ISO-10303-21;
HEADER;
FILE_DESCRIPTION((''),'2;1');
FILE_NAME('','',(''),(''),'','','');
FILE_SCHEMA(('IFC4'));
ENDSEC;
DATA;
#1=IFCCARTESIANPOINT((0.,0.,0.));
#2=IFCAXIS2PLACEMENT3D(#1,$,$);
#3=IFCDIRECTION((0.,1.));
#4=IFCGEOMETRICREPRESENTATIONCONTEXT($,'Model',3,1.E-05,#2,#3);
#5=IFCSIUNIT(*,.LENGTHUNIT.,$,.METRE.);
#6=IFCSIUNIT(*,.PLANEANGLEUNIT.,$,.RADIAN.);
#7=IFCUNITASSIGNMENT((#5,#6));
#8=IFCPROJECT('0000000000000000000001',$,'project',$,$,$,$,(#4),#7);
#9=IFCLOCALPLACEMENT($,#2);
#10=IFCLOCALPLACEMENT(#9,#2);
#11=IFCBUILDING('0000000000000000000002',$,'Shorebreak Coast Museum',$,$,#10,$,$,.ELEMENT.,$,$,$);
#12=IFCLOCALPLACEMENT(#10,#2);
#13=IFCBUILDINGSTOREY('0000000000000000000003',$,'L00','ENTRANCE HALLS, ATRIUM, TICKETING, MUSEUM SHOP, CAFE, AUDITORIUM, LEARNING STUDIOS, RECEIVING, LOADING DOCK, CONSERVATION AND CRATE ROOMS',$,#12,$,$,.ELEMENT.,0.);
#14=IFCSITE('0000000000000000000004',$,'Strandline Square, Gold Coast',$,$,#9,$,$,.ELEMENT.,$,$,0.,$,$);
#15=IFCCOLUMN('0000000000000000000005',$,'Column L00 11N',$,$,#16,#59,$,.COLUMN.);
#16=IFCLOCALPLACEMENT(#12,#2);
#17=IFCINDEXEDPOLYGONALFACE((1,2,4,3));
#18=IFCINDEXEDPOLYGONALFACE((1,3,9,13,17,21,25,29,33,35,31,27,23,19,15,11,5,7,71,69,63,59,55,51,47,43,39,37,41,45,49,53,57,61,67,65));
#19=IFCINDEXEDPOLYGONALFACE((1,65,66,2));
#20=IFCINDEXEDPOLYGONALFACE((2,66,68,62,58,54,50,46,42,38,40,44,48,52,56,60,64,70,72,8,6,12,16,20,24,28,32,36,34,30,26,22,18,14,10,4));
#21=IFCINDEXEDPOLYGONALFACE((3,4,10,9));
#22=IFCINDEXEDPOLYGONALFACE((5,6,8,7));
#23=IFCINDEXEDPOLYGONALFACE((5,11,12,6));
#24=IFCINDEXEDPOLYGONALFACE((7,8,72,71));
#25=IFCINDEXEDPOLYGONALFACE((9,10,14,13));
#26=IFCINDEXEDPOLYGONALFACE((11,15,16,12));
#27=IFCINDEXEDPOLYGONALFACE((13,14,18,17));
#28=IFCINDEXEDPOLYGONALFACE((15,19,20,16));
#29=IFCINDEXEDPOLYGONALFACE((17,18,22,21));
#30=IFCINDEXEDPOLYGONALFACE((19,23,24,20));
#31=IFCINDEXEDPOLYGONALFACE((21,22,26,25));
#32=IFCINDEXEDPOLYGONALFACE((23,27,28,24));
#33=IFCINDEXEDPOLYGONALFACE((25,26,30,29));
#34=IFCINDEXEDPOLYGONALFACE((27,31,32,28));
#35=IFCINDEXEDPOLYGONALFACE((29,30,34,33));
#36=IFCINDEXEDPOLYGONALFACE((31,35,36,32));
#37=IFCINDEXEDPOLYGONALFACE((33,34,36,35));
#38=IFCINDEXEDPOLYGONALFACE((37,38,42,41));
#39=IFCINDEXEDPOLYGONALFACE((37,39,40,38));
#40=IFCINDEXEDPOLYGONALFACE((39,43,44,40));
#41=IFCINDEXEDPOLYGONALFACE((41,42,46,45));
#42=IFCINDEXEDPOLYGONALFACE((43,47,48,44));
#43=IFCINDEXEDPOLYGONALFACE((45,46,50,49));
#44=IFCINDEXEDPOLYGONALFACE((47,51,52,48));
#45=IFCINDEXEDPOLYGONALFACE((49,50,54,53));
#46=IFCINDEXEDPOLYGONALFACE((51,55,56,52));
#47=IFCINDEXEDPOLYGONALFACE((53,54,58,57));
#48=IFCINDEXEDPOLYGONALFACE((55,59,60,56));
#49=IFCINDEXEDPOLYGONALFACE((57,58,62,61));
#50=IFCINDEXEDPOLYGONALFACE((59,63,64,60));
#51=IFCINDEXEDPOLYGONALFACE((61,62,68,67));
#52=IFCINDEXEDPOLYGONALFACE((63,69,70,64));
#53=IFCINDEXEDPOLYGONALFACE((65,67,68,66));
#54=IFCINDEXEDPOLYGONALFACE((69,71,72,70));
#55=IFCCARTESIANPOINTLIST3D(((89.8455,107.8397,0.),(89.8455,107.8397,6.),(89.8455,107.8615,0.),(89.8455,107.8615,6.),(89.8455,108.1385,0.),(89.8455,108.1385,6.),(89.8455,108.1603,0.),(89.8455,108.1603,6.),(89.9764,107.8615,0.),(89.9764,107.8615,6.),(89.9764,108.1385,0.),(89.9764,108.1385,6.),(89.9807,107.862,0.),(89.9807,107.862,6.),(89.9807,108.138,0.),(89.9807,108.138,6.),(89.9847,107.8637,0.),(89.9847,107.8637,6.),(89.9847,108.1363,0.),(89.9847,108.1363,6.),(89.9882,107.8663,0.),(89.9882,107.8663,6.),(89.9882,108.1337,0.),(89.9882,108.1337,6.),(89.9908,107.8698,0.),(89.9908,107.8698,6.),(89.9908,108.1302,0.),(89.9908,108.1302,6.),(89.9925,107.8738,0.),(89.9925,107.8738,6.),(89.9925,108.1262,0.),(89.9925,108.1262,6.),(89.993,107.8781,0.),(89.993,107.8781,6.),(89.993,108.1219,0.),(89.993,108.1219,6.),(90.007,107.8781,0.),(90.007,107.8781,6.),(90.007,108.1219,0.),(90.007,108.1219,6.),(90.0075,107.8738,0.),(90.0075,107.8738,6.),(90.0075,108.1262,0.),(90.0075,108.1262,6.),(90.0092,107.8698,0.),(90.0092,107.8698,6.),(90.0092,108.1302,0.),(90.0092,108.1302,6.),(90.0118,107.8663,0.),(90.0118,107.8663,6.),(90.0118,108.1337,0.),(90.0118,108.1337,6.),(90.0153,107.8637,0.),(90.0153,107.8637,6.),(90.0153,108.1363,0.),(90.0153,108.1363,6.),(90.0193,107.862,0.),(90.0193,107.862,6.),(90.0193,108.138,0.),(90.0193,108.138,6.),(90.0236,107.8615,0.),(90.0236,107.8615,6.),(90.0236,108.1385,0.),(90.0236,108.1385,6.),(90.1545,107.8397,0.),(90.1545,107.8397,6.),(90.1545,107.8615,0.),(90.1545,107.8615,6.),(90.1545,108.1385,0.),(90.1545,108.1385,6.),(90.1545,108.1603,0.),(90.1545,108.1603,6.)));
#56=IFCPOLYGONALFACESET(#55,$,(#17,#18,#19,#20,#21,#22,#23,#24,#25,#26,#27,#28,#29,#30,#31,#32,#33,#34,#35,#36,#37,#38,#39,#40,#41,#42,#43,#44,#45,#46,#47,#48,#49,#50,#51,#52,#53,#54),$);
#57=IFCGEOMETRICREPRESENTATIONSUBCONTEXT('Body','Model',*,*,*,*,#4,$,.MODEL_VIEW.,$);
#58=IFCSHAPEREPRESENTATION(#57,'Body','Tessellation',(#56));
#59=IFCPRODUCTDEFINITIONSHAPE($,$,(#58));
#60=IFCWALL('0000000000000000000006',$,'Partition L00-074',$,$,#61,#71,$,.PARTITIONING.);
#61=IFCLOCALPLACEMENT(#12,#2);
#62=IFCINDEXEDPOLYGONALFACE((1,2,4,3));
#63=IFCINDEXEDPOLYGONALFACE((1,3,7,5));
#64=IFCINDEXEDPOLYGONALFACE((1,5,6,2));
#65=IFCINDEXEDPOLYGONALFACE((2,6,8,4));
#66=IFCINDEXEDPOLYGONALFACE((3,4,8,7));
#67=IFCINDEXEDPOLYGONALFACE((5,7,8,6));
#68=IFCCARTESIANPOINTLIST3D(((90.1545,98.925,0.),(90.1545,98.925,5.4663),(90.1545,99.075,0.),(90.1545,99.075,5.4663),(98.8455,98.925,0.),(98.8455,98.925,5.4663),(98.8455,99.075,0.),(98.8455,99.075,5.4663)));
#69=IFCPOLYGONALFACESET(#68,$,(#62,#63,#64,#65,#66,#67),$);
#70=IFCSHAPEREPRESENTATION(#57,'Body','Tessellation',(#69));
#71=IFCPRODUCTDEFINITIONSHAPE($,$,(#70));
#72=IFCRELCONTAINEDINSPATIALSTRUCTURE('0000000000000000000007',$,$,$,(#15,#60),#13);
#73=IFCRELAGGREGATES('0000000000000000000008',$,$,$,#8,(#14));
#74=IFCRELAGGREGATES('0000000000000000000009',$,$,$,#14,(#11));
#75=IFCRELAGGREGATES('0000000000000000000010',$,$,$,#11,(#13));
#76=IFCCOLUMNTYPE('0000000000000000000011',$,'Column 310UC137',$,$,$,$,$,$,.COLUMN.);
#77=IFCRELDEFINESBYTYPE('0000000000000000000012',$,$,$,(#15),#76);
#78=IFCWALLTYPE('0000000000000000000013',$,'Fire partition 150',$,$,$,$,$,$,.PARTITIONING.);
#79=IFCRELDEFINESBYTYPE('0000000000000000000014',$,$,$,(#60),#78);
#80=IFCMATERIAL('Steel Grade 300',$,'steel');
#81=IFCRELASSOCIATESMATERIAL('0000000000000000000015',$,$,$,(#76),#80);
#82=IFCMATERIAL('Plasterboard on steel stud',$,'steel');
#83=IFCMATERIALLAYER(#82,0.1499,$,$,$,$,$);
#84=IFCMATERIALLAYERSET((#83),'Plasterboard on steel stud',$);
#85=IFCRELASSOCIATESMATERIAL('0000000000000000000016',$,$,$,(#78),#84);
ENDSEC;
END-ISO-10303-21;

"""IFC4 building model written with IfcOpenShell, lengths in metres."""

from ifc_helpers import new_model, si_unit, direction, frame, frame_2d, origin, origin_2d, place, context, subcontext, project, spatial, rectangle, i_section, extrude, material, layer, layer_set, material_profile, profile_set, type_object, element, save


model = new_model("IFC4")

# Units and contexts
model_context = context("Model", 3, precision=1e-05, world=origin(), true_north=direction((0.0, 1.0)))
body_context = subcontext(model_context, "Body", "Model", "MODEL_VIEW")
ifc_project = project(units=[si_unit("LENGTHUNIT", "METRE"), si_unit("PLANEANGLEUNIT", "RADIAN")], contexts=[model_context])

# Site, building, storey
site_placement = place(None, origin())
site = spatial("IfcSite", under=ifc_project, at=site_placement, Name="Strandline Square, Gold Coast", CompositionType="ELEMENT", RefElevation=0.0)
building_placement = place(site_placement, origin())
building = spatial("IfcBuilding", under=site, at=building_placement, Name="Shorebreak Coast Museum", CompositionType="ELEMENT")
storey_placement = place(building_placement, origin())
storey = spatial("IfcBuildingStorey", under=building, at=storey_placement, Name="L00", Description="ENTRANCE HALLS, ATRIUM, TICKETING, MUSEUM SHOP, CAFE, AUDITORIUM, LEARNING STUDIOS, RECEIVING, LOADING DOCK, CONSERVATION AND CRATE ROOMS", CompositionType="ELEMENT", Elevation=0.0)

# Column
ifc_material_1 = material(Name="Steel Grade 300", Category="steel")
ifc_material_profile_1 = material_profile(ifc_material_1, i_section(OverallWidth=0.3091, OverallDepth=0.3206, WebThickness=0.0139, FlangeThickness=0.0217, FilletRadius=0.0166, at=origin_2d()), Name="310UC137")
ifc_profile_set_1 = profile_set([ifc_material_profile_1], Name="Steel Grade 300")
column_type = type_object("IfcColumnType", Name="Column 310UC137", PredefinedType="COLUMN", material=ifc_profile_set_1)
for number, where, z_axis, x_axis, name in (
    (1, (90.0, 108.0, 0.0), (0.0, 0.0, 1.0), (1.0, 0.0, 0.0), "Column L00 11N"),
):
    element("IfcColumn", number, at=place(storey_placement, frame(where, z_axis=z_axis, x_axis=x_axis)), inside=storey, type_object=column_type, Name=name, PredefinedType="COLUMN", context=body_context, shape_type="SweptSolid", body=[
        extrude(i_section(OverallWidth=0.3091, OverallDepth=0.3206, WebThickness=0.0139, FlangeThickness=0.0217, FilletRadius=0.0166, at=origin_2d()), origin(), (0.0, 0.0, 1.0), 6.0),
    ])

# Wall
ifc_material_2 = material(Name="Plasterboard on steel stud", Category="steel")
ifc_layer = layer(ifc_material_2, 0.1499)
ifc_layer_set = layer_set([ifc_layer], Name="Plasterboard on steel stud")
wall_type = type_object("IfcWallType", Name="Fire partition 150", PredefinedType="PARTITIONING", material=ifc_layer_set)
wall_placement = place(storey_placement, frame((90.1545, 99.0, 0.0), z_axis=(0.0, 0.0, 1.0), x_axis=(1.0, 0.0, 0.0)))
element("IfcWall", 2, at=wall_placement, inside=storey, type_object=wall_type, Name="Partition L00-074", PredefinedType="PARTITIONING", context=body_context, shape_type="SweptSolid", body=[
    extrude(rectangle(XDim=8.6909, YDim=0.1499, at=frame_2d((4.3455, 0.0))), origin(), (0.0, 0.0, 1.0), 5.4663),
])

save(model, "model.ifc")
